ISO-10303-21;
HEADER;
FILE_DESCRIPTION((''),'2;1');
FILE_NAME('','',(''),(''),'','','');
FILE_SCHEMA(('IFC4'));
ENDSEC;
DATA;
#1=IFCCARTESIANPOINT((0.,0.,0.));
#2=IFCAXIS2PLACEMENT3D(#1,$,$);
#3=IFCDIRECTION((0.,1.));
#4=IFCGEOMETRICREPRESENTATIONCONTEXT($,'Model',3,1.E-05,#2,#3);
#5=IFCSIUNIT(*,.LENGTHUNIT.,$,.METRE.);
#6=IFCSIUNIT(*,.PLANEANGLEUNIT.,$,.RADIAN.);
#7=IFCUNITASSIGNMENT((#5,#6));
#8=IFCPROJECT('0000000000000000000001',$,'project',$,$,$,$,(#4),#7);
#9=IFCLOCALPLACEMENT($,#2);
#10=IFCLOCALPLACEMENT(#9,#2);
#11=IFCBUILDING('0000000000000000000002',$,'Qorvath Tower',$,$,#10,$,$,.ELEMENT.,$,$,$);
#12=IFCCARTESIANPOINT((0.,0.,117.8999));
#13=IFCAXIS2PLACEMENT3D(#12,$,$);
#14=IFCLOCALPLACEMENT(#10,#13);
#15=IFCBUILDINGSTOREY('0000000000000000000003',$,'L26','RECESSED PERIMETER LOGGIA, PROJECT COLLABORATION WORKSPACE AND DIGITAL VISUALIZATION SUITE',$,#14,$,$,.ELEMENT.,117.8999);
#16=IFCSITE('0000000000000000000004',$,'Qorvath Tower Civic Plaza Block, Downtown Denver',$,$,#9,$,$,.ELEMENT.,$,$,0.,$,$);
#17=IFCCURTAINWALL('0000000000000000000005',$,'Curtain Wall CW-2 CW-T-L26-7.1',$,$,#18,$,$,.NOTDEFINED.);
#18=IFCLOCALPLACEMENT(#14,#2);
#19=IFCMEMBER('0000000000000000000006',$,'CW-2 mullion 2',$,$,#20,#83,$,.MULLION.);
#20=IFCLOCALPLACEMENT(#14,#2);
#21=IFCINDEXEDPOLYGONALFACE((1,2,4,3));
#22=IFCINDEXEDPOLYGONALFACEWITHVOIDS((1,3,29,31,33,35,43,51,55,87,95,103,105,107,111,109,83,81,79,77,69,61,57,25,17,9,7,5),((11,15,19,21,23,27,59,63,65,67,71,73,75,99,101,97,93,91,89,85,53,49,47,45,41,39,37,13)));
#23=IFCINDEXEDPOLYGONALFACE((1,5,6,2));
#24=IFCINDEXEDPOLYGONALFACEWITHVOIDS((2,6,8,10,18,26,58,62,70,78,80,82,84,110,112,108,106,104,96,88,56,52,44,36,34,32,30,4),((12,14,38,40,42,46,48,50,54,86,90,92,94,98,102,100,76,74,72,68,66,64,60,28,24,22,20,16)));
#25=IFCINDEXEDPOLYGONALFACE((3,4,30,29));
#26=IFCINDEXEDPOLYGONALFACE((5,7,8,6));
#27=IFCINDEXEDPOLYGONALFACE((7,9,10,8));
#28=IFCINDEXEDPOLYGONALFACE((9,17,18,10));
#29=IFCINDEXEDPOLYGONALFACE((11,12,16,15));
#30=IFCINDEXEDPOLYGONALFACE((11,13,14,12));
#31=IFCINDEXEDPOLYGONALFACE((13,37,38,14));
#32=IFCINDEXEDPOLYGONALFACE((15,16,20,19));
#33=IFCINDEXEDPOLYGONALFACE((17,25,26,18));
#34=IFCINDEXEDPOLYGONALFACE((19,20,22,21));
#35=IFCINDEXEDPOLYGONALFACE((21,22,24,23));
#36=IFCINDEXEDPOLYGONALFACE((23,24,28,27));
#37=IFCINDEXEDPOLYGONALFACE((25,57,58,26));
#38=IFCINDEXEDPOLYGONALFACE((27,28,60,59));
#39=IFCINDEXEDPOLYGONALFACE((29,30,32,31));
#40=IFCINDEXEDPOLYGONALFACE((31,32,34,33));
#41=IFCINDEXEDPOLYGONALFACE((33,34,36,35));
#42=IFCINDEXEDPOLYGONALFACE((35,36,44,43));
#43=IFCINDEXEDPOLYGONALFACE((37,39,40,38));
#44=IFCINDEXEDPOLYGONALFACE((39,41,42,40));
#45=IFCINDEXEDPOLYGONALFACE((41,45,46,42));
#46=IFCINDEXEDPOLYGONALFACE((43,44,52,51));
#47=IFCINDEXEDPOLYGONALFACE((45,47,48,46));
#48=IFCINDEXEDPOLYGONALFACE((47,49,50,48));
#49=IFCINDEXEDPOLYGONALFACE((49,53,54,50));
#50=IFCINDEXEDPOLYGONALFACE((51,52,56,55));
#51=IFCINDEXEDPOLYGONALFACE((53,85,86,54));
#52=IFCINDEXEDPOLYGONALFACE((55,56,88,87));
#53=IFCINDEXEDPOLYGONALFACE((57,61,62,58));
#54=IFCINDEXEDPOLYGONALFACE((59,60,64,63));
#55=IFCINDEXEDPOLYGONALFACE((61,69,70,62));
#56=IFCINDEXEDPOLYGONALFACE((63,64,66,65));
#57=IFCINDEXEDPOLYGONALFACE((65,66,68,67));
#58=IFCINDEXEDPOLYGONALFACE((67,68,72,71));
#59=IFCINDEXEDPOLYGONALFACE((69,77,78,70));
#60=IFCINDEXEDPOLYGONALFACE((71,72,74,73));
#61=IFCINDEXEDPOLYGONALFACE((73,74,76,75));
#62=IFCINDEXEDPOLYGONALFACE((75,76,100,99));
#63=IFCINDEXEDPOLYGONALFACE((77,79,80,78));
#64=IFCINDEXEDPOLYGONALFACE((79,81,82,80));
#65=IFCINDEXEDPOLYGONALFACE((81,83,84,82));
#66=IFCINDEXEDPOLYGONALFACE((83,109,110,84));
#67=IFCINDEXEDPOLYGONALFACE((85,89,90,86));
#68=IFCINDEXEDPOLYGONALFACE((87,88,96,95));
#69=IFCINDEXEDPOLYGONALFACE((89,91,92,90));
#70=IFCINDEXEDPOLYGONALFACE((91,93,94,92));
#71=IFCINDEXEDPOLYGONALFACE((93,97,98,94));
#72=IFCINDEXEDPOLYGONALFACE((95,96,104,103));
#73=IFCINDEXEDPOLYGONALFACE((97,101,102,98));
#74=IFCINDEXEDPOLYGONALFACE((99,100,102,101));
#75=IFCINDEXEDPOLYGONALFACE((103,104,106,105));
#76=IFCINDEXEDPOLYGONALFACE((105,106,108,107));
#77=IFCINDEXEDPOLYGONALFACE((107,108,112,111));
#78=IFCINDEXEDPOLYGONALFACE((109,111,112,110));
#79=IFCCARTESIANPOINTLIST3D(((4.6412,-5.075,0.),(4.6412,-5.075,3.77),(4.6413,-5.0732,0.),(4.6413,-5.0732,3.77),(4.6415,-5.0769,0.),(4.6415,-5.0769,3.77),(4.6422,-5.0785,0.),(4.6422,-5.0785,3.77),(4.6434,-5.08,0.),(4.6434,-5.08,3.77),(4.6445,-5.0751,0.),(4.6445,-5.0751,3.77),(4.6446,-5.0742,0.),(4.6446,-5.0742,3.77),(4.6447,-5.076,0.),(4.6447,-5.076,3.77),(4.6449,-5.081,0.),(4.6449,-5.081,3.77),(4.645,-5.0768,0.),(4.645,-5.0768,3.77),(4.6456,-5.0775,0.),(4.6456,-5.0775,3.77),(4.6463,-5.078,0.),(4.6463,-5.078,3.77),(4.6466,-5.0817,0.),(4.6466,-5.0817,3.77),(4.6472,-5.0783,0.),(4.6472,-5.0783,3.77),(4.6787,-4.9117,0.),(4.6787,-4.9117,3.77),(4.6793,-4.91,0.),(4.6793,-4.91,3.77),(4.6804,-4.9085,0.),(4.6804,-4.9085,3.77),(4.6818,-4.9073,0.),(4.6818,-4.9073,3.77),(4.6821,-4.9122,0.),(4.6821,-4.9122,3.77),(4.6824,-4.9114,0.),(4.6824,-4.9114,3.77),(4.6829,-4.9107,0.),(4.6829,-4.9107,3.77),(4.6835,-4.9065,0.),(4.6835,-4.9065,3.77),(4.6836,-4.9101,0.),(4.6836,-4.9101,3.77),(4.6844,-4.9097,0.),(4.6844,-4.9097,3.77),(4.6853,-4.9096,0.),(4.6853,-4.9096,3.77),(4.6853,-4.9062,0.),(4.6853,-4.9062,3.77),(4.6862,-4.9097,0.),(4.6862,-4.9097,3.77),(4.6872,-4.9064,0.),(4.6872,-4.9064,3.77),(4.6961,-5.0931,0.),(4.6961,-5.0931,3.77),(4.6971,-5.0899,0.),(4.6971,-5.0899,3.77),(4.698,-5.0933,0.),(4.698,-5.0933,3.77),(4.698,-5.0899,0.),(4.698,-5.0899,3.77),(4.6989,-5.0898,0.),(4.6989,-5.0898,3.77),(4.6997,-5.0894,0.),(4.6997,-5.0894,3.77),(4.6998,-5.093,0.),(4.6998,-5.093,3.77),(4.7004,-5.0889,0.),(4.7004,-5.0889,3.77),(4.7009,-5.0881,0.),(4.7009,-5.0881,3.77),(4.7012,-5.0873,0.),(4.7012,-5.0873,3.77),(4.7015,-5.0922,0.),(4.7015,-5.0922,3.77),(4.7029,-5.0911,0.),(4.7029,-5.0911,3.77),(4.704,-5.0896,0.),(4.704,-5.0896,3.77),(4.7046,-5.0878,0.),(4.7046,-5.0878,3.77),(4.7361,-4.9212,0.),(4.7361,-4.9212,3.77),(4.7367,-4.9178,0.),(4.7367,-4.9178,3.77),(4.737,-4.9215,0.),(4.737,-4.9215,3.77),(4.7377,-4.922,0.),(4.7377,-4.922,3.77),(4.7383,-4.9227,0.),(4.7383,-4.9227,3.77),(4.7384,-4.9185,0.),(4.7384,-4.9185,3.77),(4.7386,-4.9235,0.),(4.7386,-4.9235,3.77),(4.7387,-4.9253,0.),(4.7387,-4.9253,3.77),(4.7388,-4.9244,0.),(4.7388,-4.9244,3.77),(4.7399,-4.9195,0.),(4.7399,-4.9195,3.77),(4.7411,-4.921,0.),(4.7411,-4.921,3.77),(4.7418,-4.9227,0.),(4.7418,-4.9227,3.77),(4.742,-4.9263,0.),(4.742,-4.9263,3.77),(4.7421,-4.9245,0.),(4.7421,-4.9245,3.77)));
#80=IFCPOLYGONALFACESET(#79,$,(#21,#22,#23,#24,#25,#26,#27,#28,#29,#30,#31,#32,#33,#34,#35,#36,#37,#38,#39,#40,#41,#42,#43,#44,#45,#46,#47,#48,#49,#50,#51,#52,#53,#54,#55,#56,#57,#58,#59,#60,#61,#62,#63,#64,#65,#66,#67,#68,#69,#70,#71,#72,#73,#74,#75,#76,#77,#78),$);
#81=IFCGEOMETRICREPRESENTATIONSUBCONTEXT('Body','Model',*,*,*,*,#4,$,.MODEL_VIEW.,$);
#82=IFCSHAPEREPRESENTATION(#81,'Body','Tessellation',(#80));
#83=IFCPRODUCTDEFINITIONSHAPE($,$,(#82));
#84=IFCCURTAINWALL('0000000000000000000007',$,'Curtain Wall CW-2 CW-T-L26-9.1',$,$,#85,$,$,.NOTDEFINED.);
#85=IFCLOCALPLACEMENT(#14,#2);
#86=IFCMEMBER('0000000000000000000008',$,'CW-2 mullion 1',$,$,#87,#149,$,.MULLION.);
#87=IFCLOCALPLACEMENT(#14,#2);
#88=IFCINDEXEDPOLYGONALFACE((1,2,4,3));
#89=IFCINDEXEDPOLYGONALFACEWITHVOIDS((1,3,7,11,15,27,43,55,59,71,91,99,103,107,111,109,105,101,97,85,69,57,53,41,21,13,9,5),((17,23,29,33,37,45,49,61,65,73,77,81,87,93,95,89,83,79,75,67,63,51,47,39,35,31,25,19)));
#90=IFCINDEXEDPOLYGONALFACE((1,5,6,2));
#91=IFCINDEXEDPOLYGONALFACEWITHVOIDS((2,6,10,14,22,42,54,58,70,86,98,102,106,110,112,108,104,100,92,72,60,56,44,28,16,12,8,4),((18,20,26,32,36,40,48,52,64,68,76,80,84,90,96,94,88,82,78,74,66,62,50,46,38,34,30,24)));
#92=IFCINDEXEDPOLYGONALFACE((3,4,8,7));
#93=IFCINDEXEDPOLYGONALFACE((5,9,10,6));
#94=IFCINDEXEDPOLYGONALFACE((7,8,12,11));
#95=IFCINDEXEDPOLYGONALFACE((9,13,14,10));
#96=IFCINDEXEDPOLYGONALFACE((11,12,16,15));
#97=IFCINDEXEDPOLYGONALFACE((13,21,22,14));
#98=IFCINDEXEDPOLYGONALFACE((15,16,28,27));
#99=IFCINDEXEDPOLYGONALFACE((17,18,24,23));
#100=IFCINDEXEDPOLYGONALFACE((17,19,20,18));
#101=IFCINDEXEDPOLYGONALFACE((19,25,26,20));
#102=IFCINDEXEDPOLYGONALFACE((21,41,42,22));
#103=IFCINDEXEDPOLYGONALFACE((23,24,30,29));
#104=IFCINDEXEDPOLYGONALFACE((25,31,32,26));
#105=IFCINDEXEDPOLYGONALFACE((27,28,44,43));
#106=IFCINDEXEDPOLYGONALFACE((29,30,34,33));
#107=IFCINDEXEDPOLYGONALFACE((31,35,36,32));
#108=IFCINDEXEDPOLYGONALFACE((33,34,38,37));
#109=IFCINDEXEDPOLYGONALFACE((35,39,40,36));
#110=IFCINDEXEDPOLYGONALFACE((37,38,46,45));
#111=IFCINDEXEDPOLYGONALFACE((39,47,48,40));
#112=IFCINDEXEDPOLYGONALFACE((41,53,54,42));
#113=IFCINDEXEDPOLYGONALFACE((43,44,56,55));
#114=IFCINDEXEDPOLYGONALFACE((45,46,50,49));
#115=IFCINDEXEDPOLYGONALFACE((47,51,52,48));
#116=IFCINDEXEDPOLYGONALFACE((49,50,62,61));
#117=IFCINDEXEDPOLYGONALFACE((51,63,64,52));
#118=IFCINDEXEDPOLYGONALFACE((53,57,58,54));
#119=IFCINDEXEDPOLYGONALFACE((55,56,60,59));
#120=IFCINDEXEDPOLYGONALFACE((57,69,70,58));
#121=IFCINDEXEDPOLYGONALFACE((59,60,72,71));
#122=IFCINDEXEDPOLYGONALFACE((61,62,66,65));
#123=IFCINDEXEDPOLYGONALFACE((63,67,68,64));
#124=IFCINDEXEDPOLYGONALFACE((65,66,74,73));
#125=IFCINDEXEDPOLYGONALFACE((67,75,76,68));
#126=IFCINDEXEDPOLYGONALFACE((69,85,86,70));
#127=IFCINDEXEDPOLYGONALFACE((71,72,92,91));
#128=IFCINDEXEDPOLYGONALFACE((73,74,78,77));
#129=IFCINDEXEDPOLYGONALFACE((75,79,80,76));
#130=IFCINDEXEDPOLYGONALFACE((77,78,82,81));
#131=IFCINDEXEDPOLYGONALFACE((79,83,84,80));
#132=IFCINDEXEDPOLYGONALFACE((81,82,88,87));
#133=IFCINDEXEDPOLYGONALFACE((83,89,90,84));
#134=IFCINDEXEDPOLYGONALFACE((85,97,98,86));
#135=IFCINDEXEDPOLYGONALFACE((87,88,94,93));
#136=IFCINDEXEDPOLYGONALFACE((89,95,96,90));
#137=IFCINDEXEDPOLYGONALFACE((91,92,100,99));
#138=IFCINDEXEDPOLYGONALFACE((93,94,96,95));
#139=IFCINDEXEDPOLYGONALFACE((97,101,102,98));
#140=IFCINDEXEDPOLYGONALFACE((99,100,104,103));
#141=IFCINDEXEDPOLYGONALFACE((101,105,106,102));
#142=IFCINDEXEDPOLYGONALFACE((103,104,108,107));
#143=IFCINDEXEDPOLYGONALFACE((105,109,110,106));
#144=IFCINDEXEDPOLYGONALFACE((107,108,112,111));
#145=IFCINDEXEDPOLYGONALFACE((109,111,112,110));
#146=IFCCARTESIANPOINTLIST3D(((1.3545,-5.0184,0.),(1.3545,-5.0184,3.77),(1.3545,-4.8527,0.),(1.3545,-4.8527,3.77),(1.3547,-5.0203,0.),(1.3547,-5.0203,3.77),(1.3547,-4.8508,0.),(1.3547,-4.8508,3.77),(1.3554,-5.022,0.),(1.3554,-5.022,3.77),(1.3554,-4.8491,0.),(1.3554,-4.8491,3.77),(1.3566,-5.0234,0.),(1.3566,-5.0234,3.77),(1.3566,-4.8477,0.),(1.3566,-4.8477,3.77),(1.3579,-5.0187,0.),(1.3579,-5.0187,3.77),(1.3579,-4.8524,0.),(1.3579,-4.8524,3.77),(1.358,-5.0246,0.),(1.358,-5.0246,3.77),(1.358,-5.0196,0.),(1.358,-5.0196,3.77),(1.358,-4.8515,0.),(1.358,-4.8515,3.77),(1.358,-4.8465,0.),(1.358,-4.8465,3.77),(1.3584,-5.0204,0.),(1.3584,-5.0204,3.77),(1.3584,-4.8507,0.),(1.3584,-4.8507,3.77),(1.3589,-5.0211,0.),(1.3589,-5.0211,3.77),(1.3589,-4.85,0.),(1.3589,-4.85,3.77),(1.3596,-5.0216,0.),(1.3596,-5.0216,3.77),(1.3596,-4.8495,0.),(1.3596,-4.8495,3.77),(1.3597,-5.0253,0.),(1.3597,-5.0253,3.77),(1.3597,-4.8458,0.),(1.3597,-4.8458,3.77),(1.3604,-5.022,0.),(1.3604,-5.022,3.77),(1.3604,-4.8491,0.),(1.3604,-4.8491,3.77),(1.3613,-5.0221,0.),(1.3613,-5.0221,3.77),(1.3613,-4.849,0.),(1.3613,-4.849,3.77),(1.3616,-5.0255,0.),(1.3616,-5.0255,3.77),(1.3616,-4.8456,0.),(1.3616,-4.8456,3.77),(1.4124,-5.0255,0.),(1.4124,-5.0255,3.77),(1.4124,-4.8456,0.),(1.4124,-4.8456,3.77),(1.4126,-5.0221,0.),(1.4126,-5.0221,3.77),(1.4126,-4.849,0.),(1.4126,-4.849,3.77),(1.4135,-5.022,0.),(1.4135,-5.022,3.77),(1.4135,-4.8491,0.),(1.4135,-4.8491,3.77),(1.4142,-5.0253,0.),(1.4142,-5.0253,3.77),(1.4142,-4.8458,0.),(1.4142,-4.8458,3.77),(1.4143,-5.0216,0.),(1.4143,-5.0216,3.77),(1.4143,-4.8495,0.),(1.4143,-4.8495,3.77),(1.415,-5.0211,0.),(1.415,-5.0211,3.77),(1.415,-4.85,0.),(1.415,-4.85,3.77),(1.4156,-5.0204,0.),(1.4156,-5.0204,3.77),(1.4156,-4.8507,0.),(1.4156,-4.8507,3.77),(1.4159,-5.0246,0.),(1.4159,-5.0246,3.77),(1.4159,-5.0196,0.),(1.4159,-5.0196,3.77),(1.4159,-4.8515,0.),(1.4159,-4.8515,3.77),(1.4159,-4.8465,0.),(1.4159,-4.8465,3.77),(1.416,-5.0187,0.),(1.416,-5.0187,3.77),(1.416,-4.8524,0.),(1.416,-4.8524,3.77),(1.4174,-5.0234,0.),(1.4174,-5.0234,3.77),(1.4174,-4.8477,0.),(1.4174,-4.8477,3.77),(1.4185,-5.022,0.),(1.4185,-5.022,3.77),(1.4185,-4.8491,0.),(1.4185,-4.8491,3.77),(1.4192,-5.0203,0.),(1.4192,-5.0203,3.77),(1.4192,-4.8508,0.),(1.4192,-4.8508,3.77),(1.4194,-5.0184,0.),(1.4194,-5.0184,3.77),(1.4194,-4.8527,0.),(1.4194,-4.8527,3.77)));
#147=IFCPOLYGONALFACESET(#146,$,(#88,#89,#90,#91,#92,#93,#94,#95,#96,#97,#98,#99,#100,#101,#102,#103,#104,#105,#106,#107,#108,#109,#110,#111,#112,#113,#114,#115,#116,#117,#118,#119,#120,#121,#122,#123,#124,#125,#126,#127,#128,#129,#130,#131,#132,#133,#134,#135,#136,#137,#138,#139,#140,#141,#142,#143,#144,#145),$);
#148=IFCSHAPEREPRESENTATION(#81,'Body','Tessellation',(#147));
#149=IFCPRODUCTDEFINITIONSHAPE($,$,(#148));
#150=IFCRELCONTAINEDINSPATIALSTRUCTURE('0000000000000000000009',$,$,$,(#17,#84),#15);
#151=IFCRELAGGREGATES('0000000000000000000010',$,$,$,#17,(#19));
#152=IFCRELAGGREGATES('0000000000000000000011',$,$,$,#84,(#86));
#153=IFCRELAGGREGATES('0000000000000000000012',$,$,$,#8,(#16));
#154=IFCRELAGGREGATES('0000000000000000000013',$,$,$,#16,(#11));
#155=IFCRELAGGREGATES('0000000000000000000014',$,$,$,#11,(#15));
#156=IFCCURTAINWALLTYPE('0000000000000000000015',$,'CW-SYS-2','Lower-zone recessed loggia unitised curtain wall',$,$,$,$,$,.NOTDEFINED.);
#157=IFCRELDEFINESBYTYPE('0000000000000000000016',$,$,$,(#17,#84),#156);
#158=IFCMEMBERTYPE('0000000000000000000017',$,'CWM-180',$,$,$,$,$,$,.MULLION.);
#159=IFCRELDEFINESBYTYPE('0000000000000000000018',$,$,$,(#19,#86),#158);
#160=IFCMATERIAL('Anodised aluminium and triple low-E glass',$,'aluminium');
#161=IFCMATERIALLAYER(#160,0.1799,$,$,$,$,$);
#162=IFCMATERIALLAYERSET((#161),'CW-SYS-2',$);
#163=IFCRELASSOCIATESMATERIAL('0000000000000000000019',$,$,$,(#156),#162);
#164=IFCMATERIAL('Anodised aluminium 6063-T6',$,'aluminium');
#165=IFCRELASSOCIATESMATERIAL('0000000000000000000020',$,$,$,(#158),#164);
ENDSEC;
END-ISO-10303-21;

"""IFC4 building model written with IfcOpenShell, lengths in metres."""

from ifc_helpers import new_model, si_unit, direction, frame, origin, origin_2d, place, context, subcontext, project, spatial, hollow_rectangle, extrude, material, layer, layer_set, material_profile, profile_set, type_object, element, aggregate, save


model = new_model("IFC4")

# Units and contexts
model_context = context("Model", 3, precision=1e-05, world=origin(), true_north=direction((0.0, 1.0)))
body_context = subcontext(model_context, "Body", "Model", "MODEL_VIEW")
ifc_project = project(units=[si_unit("LENGTHUNIT", "METRE"), si_unit("PLANEANGLEUNIT", "RADIAN")], contexts=[model_context])

# Site, building, storey
site_placement = place(None, origin())
site = spatial("IfcSite", under=ifc_project, at=site_placement, Name="Qorvath Tower Civic Plaza Block, Downtown Denver", CompositionType="ELEMENT", RefElevation=0.0)
building_placement = place(site_placement, origin())
building = spatial("IfcBuilding", under=site, at=building_placement, Name="Qorvath Tower", CompositionType="ELEMENT")
storey_placement = place(building_placement, frame((0.0, 0.0, 117.8999)))
storey = spatial("IfcBuildingStorey", under=building, at=storey_placement, Name="L26", Description="RECESSED PERIMETER LOGGIA, PROJECT COLLABORATION WORKSPACE AND DIGITAL VISUALIZATION SUITE", CompositionType="ELEMENT", Elevation=117.8999)

# Curtain wall, member
ifc_material_1 = material(Name="Anodised aluminium and triple low-E glass", Category="aluminium")
ifc_layer_1 = layer(ifc_material_1, 0.1799)
ifc_layer_set_1 = layer_set([ifc_layer_1], Name="CW-SYS-2")
curtain_wall_type = type_object("IfcCurtainWallType", Name="CW-SYS-2", Description="Lower-zone recessed loggia unitised curtain wall", PredefinedType="NOTDEFINED", material=ifc_layer_set_1)
curtain_wall_1_placement = place(storey_placement, origin())
curtain_wall_1 = element("IfcCurtainWall", 1, at=curtain_wall_1_placement, inside=storey, type_object=curtain_wall_type, Name="Curtain Wall CW-2 CW-T-L26-7.1", PredefinedType="NOTDEFINED")
ifc_material_2 = material(Name="Anodised aluminium 6063-T6", Category="aluminium")
ifc_material_profile_1 = material_profile(ifc_material_2, hollow_rectangle(XDim=0.0649, YDim=0.1799, WallThickness=0.0034, InnerFilletRadius=0.0034, OuterFilletRadius=0.0071, at=origin_2d()), Name="CWM 180x65")
ifc_profile_set_1 = profile_set([ifc_material_profile_1], Name="Anodised aluminium 6063-T6")
member_type_1 = type_object("IfcMemberType", Name="CWM-180", PredefinedType="MULLION", material=ifc_profile_set_1)
member_1_placement = place(storey_placement, frame((4.6917, -4.9998, 0.0), z_axis=(0.0, 0.0, 1.0), x_axis=(-0.974296, 0.22527, 0.0)))
member_1 = element("IfcMember", 2, at=member_1_placement, type_object=member_type_1, Name="CW-2 mullion 2", PredefinedType="MULLION", context=body_context, shape_type="SweptSolid", body=[
    extrude(hollow_rectangle(XDim=0.0649, YDim=0.1799, WallThickness=0.0034, InnerFilletRadius=0.0034, OuterFilletRadius=0.0071, at=origin_2d()), origin(), (0.0, 0.0, 1.0), 3.77),
])

# Curtain wall, member
curtain_wall_2_placement = place(storey_placement, origin())
curtain_wall_2 = element("IfcCurtainWall", 3, at=curtain_wall_2_placement, inside=storey, type_object=curtain_wall_type, Name="Curtain Wall CW-2 CW-T-L26-9.1", PredefinedType="NOTDEFINED")
member_2_placement = place(storey_placement, frame((1.387, -4.9355, 0.0), z_axis=(0.0, 0.0, 1.0), x_axis=(-1.0, 0.0, 0.0)))
member_2 = element("IfcMember", 4, at=member_2_placement, type_object=member_type_1, Name="CW-2 mullion 1", PredefinedType="MULLION", context=body_context, shape_type="SweptSolid", body=[
    extrude(hollow_rectangle(XDim=0.0649, YDim=0.1799, WallThickness=0.0034, InnerFilletRadius=0.0034, OuterFilletRadius=0.0071, at=origin_2d()), origin(), (0.0, 0.0, 1.0), 3.77),
])

aggregate(curtain_wall_1, [member_1])
aggregate(curtain_wall_2, [member_2])

save(model, "model.ifc")
